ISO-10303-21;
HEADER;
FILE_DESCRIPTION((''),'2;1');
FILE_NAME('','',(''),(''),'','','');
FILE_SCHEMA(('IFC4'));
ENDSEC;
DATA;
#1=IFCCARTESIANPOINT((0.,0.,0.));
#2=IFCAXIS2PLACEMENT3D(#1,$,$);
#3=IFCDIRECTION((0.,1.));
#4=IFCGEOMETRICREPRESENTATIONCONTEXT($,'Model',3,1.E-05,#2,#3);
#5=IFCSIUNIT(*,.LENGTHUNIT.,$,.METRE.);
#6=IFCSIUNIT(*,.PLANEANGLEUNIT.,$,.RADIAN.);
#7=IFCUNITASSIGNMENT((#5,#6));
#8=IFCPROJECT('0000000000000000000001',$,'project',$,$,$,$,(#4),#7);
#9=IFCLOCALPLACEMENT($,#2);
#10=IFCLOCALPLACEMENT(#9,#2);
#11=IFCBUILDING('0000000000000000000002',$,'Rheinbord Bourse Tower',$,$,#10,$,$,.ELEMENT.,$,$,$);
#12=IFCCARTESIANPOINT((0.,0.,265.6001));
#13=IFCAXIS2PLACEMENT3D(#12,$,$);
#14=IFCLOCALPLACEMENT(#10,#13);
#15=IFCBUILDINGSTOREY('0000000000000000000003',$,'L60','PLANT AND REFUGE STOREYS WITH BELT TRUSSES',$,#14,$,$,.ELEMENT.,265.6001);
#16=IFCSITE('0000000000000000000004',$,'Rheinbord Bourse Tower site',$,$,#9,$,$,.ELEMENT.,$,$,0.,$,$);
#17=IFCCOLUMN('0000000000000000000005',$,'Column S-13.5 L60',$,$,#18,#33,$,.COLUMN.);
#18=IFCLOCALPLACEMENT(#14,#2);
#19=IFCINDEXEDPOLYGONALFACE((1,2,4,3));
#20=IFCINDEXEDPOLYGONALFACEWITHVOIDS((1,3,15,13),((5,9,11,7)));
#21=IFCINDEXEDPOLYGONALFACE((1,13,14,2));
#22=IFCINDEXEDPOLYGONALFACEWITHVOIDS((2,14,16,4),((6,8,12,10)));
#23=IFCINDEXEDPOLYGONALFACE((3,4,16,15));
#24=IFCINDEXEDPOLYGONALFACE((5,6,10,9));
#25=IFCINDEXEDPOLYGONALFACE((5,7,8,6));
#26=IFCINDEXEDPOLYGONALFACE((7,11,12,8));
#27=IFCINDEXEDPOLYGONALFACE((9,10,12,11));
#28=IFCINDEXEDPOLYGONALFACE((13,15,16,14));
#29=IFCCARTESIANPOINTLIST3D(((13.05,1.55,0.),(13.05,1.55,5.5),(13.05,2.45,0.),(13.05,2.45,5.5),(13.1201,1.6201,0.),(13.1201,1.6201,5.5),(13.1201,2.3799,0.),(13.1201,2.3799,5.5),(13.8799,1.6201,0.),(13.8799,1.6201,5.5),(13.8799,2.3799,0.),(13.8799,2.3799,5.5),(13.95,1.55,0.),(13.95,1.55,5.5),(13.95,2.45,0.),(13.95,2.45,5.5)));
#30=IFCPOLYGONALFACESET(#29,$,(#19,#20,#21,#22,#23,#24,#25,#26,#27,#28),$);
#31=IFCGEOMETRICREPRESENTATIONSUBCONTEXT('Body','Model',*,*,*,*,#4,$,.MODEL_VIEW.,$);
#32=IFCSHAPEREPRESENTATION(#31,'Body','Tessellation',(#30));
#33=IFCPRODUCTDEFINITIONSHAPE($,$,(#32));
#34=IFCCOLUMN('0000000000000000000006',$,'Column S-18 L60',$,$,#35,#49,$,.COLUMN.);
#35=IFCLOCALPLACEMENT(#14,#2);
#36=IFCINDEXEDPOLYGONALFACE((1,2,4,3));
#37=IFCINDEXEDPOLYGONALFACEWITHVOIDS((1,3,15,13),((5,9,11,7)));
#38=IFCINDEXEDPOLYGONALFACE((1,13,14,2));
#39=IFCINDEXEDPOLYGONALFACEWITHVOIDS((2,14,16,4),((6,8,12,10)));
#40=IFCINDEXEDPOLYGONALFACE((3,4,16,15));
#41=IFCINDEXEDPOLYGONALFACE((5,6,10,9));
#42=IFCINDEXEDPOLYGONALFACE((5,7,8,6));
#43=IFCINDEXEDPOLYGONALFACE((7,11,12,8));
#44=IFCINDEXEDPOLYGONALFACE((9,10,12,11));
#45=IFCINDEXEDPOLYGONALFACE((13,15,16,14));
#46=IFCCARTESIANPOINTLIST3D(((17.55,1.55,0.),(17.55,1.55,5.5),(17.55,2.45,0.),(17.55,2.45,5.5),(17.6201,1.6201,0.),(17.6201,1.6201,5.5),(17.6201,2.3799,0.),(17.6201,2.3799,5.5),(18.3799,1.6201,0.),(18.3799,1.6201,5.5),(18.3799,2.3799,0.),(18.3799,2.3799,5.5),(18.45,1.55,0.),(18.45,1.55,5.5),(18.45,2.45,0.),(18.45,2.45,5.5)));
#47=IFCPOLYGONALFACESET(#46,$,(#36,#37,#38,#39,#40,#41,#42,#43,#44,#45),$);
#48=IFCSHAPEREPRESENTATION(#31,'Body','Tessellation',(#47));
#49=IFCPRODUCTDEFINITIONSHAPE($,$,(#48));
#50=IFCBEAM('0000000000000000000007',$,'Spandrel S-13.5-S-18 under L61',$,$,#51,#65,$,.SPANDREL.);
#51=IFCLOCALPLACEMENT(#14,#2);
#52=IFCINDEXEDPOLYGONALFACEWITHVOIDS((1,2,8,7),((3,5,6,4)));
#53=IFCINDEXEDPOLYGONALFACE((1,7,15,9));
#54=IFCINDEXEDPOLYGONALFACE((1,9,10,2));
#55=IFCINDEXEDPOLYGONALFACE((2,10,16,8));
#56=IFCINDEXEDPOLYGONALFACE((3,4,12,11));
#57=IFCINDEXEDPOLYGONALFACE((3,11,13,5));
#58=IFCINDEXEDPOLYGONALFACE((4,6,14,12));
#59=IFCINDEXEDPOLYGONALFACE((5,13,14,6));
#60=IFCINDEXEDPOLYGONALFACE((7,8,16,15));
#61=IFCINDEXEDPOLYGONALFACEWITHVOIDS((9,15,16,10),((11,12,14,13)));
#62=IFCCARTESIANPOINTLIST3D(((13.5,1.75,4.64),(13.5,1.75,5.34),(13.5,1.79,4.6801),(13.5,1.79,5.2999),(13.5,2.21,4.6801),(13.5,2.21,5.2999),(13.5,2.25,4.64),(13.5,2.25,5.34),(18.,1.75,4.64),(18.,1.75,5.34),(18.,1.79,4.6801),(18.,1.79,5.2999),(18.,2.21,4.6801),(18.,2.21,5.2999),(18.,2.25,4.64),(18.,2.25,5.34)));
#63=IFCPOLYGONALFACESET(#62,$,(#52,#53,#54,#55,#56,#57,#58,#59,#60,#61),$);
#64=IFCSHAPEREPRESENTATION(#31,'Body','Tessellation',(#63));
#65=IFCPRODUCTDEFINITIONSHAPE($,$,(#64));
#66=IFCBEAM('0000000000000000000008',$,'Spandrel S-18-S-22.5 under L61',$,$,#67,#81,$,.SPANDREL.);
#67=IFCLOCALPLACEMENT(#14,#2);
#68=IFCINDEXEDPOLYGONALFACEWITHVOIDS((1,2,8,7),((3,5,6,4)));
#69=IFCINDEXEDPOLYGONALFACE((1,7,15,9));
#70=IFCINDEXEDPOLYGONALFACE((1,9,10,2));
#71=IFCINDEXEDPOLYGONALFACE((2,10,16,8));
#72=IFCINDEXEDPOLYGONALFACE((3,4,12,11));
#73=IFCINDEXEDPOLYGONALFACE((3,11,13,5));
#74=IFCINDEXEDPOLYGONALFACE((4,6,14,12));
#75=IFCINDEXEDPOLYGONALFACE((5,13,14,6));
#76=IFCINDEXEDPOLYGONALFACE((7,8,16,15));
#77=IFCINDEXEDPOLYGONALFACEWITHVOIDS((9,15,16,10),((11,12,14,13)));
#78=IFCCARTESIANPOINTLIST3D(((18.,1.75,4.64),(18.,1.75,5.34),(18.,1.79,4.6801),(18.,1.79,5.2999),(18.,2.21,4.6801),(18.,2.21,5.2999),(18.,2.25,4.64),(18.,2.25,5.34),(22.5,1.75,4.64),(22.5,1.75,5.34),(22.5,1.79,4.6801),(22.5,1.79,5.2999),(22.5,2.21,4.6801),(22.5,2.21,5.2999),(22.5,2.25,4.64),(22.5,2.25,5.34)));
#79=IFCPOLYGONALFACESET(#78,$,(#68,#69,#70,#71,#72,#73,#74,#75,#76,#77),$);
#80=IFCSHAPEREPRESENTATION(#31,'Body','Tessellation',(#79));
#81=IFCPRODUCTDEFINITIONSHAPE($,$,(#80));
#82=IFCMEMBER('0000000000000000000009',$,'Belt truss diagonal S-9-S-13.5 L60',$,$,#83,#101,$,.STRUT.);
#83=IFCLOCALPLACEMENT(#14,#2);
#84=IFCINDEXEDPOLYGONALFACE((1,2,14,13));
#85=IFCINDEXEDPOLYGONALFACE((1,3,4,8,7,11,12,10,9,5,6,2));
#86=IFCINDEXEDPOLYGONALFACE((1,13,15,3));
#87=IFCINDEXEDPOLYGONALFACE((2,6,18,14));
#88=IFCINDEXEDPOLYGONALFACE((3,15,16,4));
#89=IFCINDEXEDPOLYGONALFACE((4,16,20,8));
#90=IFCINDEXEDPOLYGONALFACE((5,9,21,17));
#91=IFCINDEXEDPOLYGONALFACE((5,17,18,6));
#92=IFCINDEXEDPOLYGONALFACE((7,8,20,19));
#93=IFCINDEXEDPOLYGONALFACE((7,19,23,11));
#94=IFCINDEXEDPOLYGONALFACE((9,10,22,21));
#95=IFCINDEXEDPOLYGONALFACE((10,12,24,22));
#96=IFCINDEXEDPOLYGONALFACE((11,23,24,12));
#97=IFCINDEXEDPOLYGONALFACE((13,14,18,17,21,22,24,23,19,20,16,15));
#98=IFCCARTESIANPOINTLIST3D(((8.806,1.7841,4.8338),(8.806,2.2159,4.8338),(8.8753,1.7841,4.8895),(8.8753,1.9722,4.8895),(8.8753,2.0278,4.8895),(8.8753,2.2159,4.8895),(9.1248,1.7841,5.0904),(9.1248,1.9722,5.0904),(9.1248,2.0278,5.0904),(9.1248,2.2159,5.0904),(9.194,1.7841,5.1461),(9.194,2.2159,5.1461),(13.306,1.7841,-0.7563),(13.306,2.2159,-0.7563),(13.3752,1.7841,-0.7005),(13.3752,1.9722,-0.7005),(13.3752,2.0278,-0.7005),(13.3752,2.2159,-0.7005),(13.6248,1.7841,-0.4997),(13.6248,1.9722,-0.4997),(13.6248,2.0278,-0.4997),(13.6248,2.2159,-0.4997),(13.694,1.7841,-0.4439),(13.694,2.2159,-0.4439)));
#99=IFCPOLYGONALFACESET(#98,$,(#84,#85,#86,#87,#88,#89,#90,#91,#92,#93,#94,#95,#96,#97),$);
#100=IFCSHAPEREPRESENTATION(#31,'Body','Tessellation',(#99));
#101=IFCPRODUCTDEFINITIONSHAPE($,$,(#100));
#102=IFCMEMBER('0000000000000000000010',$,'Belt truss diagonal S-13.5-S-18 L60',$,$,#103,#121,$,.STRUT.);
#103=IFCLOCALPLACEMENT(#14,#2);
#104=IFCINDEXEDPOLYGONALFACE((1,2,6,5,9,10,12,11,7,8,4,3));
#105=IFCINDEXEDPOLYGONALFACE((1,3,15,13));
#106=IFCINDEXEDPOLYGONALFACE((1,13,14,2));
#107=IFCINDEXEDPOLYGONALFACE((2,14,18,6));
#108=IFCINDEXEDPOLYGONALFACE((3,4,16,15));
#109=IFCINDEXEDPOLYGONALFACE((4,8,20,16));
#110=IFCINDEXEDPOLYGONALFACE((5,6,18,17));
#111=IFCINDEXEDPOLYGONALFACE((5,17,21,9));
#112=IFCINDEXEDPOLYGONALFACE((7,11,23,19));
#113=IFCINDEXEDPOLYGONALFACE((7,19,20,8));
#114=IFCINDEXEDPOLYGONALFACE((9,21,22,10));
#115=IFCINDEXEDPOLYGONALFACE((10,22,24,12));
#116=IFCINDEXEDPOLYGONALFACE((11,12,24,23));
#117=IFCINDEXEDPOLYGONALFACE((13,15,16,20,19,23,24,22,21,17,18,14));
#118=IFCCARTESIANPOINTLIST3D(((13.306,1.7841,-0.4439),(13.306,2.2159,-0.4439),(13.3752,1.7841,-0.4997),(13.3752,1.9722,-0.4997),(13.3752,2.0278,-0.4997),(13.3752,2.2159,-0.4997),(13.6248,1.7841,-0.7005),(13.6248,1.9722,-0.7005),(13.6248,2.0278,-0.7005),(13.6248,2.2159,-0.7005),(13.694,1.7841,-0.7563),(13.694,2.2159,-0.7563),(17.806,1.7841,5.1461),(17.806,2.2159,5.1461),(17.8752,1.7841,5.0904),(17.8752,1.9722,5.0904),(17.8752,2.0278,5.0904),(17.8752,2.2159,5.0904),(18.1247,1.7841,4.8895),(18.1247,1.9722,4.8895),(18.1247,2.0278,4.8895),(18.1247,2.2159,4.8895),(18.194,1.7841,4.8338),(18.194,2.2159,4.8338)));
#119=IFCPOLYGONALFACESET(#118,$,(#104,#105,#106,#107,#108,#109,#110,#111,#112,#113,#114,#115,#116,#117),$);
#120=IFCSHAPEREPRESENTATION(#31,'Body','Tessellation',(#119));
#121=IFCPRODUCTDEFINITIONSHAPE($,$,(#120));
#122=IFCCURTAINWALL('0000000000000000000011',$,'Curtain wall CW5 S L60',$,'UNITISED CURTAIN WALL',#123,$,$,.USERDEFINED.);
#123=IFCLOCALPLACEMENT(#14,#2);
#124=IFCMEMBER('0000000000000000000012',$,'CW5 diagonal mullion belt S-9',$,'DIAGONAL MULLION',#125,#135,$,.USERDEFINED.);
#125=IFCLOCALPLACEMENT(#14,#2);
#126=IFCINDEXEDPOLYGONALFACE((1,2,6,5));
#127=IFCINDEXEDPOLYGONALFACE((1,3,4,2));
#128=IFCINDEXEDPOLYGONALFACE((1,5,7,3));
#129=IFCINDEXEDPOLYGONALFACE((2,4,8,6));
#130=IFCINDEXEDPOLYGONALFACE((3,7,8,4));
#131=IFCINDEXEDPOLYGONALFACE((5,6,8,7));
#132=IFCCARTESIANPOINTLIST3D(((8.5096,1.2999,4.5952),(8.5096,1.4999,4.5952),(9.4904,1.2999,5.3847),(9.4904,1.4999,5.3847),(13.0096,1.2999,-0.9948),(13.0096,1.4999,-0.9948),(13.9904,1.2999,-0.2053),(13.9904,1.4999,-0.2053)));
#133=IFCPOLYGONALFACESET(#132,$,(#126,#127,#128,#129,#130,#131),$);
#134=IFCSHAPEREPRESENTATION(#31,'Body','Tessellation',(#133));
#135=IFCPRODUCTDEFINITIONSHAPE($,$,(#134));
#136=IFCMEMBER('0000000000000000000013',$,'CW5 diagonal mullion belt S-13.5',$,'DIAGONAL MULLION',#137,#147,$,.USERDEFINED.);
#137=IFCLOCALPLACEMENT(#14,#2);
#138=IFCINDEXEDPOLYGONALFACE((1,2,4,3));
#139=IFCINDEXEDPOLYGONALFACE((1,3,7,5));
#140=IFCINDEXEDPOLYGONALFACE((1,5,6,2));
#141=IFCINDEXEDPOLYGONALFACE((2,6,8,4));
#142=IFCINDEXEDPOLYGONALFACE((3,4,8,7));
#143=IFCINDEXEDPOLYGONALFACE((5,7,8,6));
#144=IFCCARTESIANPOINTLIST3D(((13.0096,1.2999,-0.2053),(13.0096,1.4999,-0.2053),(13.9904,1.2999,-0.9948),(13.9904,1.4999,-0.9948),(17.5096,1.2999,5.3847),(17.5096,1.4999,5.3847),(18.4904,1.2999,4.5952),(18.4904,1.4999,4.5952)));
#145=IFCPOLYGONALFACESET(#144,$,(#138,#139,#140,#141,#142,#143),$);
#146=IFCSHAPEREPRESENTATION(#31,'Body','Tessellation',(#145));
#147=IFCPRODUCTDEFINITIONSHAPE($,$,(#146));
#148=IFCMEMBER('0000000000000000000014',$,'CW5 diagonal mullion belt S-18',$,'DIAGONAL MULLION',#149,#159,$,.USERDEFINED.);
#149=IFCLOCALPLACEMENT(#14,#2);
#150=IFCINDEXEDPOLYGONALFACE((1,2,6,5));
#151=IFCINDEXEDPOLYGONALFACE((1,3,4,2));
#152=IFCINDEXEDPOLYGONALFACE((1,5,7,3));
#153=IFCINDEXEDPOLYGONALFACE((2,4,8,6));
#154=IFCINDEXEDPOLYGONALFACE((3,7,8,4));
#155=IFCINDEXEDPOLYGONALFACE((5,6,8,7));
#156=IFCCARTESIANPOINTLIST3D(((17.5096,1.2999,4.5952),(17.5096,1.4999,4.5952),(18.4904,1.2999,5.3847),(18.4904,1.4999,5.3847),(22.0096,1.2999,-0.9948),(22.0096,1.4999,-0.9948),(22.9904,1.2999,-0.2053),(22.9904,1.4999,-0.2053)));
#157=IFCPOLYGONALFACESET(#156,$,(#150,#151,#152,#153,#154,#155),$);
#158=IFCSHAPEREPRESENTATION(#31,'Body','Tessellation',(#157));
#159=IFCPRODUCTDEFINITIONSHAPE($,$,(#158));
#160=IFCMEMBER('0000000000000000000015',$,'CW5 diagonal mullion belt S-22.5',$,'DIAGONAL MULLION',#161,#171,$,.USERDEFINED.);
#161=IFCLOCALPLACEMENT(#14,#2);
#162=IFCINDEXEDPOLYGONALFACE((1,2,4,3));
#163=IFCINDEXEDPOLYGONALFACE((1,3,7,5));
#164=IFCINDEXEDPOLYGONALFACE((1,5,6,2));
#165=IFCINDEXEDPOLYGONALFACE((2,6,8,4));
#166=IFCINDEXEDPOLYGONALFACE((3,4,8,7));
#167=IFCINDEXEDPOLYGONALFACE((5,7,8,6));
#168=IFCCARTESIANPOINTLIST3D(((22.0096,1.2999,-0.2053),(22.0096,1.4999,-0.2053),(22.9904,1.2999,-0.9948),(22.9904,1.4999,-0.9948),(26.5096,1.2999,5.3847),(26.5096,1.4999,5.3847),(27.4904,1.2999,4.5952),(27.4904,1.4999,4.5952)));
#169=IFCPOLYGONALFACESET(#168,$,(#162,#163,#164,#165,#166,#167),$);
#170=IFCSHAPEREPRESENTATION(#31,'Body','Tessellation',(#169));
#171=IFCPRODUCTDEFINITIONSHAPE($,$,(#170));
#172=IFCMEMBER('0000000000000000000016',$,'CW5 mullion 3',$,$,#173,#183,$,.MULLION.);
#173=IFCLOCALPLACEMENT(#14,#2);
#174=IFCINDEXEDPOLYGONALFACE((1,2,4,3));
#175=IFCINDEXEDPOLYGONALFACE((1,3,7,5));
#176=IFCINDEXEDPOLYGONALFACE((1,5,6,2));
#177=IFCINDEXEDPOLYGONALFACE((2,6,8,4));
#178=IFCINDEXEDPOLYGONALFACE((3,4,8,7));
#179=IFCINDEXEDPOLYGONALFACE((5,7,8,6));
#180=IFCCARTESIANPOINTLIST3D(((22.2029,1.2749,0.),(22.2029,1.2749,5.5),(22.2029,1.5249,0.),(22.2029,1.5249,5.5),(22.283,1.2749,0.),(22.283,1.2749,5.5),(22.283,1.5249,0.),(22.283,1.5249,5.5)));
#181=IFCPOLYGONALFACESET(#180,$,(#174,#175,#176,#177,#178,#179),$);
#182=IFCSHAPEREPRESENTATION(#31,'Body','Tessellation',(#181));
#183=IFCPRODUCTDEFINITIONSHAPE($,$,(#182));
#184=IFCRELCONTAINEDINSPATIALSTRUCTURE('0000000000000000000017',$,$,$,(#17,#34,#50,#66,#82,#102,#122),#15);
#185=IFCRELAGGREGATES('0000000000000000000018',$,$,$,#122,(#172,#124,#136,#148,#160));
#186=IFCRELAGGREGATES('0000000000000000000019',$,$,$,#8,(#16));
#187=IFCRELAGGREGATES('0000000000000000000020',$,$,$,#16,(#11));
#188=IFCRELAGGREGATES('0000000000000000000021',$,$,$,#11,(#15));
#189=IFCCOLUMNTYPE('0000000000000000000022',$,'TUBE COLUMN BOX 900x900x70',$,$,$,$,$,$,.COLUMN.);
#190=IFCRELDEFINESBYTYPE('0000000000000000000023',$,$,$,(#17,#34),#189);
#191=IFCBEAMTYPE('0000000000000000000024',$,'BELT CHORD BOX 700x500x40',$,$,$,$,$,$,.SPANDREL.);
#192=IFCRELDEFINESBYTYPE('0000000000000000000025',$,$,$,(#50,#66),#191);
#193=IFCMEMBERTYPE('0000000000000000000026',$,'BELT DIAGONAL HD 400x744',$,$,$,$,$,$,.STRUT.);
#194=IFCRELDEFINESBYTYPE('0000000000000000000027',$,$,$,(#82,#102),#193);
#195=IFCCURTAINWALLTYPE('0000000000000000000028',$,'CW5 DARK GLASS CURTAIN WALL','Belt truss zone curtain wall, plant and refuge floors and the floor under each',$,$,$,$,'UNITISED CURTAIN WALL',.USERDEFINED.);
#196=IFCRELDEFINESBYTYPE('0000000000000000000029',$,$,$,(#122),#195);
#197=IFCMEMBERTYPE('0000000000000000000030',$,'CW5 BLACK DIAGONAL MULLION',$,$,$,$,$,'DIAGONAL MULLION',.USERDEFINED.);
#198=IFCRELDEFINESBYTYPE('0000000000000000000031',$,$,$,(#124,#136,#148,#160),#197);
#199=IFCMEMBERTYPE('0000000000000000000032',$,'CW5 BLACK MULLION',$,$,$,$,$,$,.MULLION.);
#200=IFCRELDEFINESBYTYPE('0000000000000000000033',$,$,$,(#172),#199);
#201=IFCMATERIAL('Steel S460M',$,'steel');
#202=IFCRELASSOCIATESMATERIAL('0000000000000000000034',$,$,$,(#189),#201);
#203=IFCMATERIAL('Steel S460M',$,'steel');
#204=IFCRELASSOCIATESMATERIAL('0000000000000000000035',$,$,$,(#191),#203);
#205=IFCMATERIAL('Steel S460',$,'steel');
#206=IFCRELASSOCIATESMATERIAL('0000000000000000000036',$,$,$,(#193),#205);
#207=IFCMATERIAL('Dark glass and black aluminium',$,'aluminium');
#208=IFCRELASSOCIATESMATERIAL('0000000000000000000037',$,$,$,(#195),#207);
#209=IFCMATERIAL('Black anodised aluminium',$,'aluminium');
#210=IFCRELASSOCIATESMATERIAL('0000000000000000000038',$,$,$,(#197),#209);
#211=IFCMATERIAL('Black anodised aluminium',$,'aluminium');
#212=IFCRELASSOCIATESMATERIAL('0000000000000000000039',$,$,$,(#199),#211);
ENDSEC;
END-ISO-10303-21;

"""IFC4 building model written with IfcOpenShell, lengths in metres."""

from ifc_helpers import new_model, si_unit, direction, frame, origin, origin_2d, place, context, subcontext, project, spatial, rectangle, hollow_rectangle, i_section, extrude, material, material_profile, profile_set, type_object, element, aggregate, save


model = new_model("IFC4")

# Units and contexts
model_context = context("Model", 3, precision=1e-05, world=origin(), true_north=direction((0.0, 1.0)))
body_context = subcontext(model_context, "Body", "Model", "MODEL_VIEW")
ifc_project = project(units=[si_unit("LENGTHUNIT", "METRE"), si_unit("PLANEANGLEUNIT", "RADIAN")], contexts=[model_context])

# Site, building, storey
site_placement = place(None, origin())
site = spatial("IfcSite", under=ifc_project, at=site_placement, Name="Rheinbord Bourse Tower site", CompositionType="ELEMENT", RefElevation=0.0)
building_placement = place(site_placement, origin())
building = spatial("IfcBuilding", under=site, at=building_placement, Name="Rheinbord Bourse Tower", CompositionType="ELEMENT")
storey_placement = place(building_placement, frame((0.0, 0.0, 265.6001)))
storey = spatial("IfcBuildingStorey", under=building, at=storey_placement, Name="L60", Description="PLANT AND REFUGE STOREYS WITH BELT TRUSSES", CompositionType="ELEMENT", Elevation=265.6001)

# Columns
ifc_material_1 = material(Name="Steel S460M", Category="steel")
ifc_material_profile_1 = material_profile(ifc_material_1, hollow_rectangle(XDim=0.8999, YDim=0.8999, WallThickness=0.0701, at=origin_2d()), Name="BOX 900x900x70")
ifc_profile_set_1 = profile_set([ifc_material_profile_1], Name="Steel S460M")
column_type = type_object("IfcColumnType", Name="TUBE COLUMN BOX 900x900x70", PredefinedType="COLUMN", material=ifc_profile_set_1)
for number, where, z_axis, x_axis, name in (
    (1, (13.5, 2.0, 0.0), (0.0, 0.0, 1.0), (0.0, 1.0, 0.0), "Column S-13.5 L60"),
    (2, (18.0, 2.0, 0.0), (0.0, 0.0, 1.0), (0.0, 1.0, 0.0), "Column S-18 L60"),
):
    element("IfcColumn", number, at=place(storey_placement, frame(where, z_axis=z_axis, x_axis=x_axis)), inside=storey, type_object=column_type, Name=name, PredefinedType="COLUMN", context=body_context, shape_type="SweptSolid", body=[
        extrude(hollow_rectangle(XDim=0.8999, YDim=0.8999, WallThickness=0.0701, at=origin_2d()), origin(), (0.0, 0.0, 1.0), 5.5),
    ])

# Beams
ifc_material_2 = material(Name="Steel S460M", Category="steel")
ifc_material_profile_2 = material_profile(ifc_material_2, hollow_rectangle(XDim=0.5, YDim=0.7, WallThickness=0.04, at=origin_2d()), Name="BOX 700x500x40")
ifc_profile_set_2 = profile_set([ifc_material_profile_2], Name="Steel S460M")
beam_type_1 = type_object("IfcBeamType", Name="BELT CHORD BOX 700x500x40", PredefinedType="SPANDREL", material=ifc_profile_set_2)
for number, where, z_axis, x_axis, name in (
    (3, (13.5, 2.0, 4.99), (1.0, 0.0, 0.0), (0.0, 1.0, 0.0), "Spandrel S-13.5-S-18 under L61"),
    (4, (18.0, 2.0, 4.99), (1.0, 0.0, 0.0), (0.0, 1.0, 0.0), "Spandrel S-18-S-22.5 under L61"),
):
    element("IfcBeam", number, at=place(storey_placement, frame(where, z_axis=z_axis, x_axis=x_axis)), inside=storey, type_object=beam_type_1, Name=name, PredefinedType="SPANDREL", context=body_context, shape_type="SweptSolid", body=[
        extrude(hollow_rectangle(XDim=0.5, YDim=0.7, WallThickness=0.04, at=origin_2d()), origin(), (0.0, 0.0, 1.0), 4.5),
    ])

# Members
ifc_material_3 = material(Name="Steel S460", Category="steel")
ifc_material_profile_3 = material_profile(ifc_material_3, i_section(OverallWidth=0.4319, OverallDepth=0.498, WebThickness=0.0557, FlangeThickness=0.0889, at=origin_2d()), Name="HD 400x744")
ifc_profile_set_3 = profile_set([ifc_material_profile_3], Name="Steel S460")
member_type_1 = type_object("IfcMemberType", Name="BELT DIAGONAL HD 400x744", PredefinedType="STRUT", material=ifc_profile_set_3)
for number, where, z_axis, x_axis, name in (
    (5, (13.5, 2.0, -0.6001), (-0.627065, 0.0, 0.778967), (0.0, -1.0, 0.0), "Belt truss diagonal S-9-S-13.5 L60"),
    (6, (13.5, 2.0, -0.6001), (0.627065, 0.0, 0.778967), (0.0, 1.0, 0.0), "Belt truss diagonal S-13.5-S-18 L60"),
):
    element("IfcMember", number, at=place(storey_placement, frame(where, z_axis=z_axis, x_axis=x_axis)), inside=storey, type_object=member_type_1, Name=name, PredefinedType="STRUT", context=body_context, shape_type="SweptSolid", body=[
        extrude(i_section(OverallWidth=0.4319, OverallDepth=0.498, WebThickness=0.0557, FlangeThickness=0.0889, at=origin_2d()), origin(), (0.0, 0.0, 1.0), 7.1763),
    ])

# Curtain wall, members
ifc_material_4 = material(Name="Dark glass and black aluminium", Category="aluminium")
curtain_wall_type = type_object("IfcCurtainWallType", Name="CW5 DARK GLASS CURTAIN WALL", Description="Belt truss zone curtain wall, plant and refuge floors and the floor under each", ElementType="UNITISED CURTAIN WALL", PredefinedType="USERDEFINED", material=ifc_material_4)
curtain_wall_placement = place(storey_placement, origin())
curtain_wall = element("IfcCurtainWall", 7, at=curtain_wall_placement, inside=storey, type_object=curtain_wall_type, Name="Curtain wall CW5 S L60", ObjectType="UNITISED CURTAIN WALL", PredefinedType="USERDEFINED")
ifc_material_5 = material(Name="Black anodised aluminium", Category="aluminium")
ifc_material_profile_4 = material_profile(ifc_material_5, rectangle(XDim=0.2, YDim=1.259, at=origin_2d()), Name="CW5 DIAGONAL MULLION 1259x200")
ifc_profile_set_4 = profile_set([ifc_material_profile_4], Name="Black anodised aluminium")
member_type_2 = type_object("IfcMemberType", Name="CW5 BLACK DIAGONAL MULLION", ElementType="DIAGONAL MULLION", PredefinedType="USERDEFINED", material=ifc_profile_set_4)
member_1_placement = place(storey_placement, frame((13.5, 1.3999, -0.6001), z_axis=(-0.627065, 0.0, 0.778967), x_axis=(0.0, -1.0, 0.0)))
member_1 = element("IfcMember", 8, at=member_1_placement, type_object=member_type_2, Name="CW5 diagonal mullion belt S-9", ObjectType="DIAGONAL MULLION", PredefinedType="USERDEFINED", context=body_context, shape_type="SweptSolid", body=[
    extrude(rectangle(XDim=0.2, YDim=1.259, at=origin_2d()), origin(), (0.0, 0.0, 1.0), 7.1763),
])
member_2_placement = place(storey_placement, frame((13.5, 1.3999, -0.6001), z_axis=(0.627065, 0.0, 0.778967), x_axis=(0.0, 1.0, 0.0)))
member_2 = element("IfcMember", 9, at=member_2_placement, type_object=member_type_2, Name="CW5 diagonal mullion belt S-13.5", ObjectType="DIAGONAL MULLION", PredefinedType="USERDEFINED", context=body_context, shape_type="SweptSolid", body=[
    extrude(rectangle(XDim=0.2, YDim=1.259, at=origin_2d()), origin(), (0.0, 0.0, 1.0), 7.1763),
])
member_3_placement = place(storey_placement, frame((22.5, 1.3999, -0.6001), z_axis=(-0.627065, 0.0, 0.778967), x_axis=(0.0, -1.0, 0.0)))
member_3 = element("IfcMember", 10, at=member_3_placement, type_object=member_type_2, Name="CW5 diagonal mullion belt S-18", ObjectType="DIAGONAL MULLION", PredefinedType="USERDEFINED", context=body_context, shape_type="SweptSolid", body=[
    extrude(rectangle(XDim=0.2, YDim=1.259, at=origin_2d()), origin(), (0.0, 0.0, 1.0), 7.1763),
])
member_4_placement = place(storey_placement, frame((22.5, 1.3999, -0.6001), z_axis=(0.627065, 0.0, 0.778967), x_axis=(0.0, 1.0, 0.0)))
member_4 = element("IfcMember", 11, at=member_4_placement, type_object=member_type_2, Name="CW5 diagonal mullion belt S-22.5", ObjectType="DIAGONAL MULLION", PredefinedType="USERDEFINED", context=body_context, shape_type="SweptSolid", body=[
    extrude(rectangle(XDim=0.2, YDim=1.259, at=origin_2d()), origin(), (0.0, 0.0, 1.0), 7.1763),
])
ifc_material_6 = material(Name="Black anodised aluminium", Category="aluminium")
ifc_material_profile_5 = material_profile(ifc_material_6, rectangle(XDim=0.25, YDim=0.0801, at=origin_2d()), Name="CW5 MULLION 80x250")
ifc_profile_set_5 = profile_set([ifc_material_profile_5], Name="Black anodised aluminium")
member_type_3 = type_object("IfcMemberType", Name="CW5 BLACK MULLION", PredefinedType="MULLION", material=ifc_profile_set_5)
member_5_placement = place(storey_placement, frame((22.2429, 1.3999, 0.0), z_axis=(0.0, 0.0, 1.0), x_axis=(0.0, 1.0, 0.0)))
member_5 = element("IfcMember", 12, at=member_5_placement, type_object=member_type_3, Name="CW5 mullion 3", PredefinedType="MULLION", context=body_context, shape_type="SweptSolid", body=[
    extrude(rectangle(XDim=0.25, YDim=0.0801, at=origin_2d()), origin(), (0.0, 0.0, 1.0), 5.5),
])

aggregate(curtain_wall, [member_5, member_1, member_2, member_3, member_4])

save(model, "model.ifc")
